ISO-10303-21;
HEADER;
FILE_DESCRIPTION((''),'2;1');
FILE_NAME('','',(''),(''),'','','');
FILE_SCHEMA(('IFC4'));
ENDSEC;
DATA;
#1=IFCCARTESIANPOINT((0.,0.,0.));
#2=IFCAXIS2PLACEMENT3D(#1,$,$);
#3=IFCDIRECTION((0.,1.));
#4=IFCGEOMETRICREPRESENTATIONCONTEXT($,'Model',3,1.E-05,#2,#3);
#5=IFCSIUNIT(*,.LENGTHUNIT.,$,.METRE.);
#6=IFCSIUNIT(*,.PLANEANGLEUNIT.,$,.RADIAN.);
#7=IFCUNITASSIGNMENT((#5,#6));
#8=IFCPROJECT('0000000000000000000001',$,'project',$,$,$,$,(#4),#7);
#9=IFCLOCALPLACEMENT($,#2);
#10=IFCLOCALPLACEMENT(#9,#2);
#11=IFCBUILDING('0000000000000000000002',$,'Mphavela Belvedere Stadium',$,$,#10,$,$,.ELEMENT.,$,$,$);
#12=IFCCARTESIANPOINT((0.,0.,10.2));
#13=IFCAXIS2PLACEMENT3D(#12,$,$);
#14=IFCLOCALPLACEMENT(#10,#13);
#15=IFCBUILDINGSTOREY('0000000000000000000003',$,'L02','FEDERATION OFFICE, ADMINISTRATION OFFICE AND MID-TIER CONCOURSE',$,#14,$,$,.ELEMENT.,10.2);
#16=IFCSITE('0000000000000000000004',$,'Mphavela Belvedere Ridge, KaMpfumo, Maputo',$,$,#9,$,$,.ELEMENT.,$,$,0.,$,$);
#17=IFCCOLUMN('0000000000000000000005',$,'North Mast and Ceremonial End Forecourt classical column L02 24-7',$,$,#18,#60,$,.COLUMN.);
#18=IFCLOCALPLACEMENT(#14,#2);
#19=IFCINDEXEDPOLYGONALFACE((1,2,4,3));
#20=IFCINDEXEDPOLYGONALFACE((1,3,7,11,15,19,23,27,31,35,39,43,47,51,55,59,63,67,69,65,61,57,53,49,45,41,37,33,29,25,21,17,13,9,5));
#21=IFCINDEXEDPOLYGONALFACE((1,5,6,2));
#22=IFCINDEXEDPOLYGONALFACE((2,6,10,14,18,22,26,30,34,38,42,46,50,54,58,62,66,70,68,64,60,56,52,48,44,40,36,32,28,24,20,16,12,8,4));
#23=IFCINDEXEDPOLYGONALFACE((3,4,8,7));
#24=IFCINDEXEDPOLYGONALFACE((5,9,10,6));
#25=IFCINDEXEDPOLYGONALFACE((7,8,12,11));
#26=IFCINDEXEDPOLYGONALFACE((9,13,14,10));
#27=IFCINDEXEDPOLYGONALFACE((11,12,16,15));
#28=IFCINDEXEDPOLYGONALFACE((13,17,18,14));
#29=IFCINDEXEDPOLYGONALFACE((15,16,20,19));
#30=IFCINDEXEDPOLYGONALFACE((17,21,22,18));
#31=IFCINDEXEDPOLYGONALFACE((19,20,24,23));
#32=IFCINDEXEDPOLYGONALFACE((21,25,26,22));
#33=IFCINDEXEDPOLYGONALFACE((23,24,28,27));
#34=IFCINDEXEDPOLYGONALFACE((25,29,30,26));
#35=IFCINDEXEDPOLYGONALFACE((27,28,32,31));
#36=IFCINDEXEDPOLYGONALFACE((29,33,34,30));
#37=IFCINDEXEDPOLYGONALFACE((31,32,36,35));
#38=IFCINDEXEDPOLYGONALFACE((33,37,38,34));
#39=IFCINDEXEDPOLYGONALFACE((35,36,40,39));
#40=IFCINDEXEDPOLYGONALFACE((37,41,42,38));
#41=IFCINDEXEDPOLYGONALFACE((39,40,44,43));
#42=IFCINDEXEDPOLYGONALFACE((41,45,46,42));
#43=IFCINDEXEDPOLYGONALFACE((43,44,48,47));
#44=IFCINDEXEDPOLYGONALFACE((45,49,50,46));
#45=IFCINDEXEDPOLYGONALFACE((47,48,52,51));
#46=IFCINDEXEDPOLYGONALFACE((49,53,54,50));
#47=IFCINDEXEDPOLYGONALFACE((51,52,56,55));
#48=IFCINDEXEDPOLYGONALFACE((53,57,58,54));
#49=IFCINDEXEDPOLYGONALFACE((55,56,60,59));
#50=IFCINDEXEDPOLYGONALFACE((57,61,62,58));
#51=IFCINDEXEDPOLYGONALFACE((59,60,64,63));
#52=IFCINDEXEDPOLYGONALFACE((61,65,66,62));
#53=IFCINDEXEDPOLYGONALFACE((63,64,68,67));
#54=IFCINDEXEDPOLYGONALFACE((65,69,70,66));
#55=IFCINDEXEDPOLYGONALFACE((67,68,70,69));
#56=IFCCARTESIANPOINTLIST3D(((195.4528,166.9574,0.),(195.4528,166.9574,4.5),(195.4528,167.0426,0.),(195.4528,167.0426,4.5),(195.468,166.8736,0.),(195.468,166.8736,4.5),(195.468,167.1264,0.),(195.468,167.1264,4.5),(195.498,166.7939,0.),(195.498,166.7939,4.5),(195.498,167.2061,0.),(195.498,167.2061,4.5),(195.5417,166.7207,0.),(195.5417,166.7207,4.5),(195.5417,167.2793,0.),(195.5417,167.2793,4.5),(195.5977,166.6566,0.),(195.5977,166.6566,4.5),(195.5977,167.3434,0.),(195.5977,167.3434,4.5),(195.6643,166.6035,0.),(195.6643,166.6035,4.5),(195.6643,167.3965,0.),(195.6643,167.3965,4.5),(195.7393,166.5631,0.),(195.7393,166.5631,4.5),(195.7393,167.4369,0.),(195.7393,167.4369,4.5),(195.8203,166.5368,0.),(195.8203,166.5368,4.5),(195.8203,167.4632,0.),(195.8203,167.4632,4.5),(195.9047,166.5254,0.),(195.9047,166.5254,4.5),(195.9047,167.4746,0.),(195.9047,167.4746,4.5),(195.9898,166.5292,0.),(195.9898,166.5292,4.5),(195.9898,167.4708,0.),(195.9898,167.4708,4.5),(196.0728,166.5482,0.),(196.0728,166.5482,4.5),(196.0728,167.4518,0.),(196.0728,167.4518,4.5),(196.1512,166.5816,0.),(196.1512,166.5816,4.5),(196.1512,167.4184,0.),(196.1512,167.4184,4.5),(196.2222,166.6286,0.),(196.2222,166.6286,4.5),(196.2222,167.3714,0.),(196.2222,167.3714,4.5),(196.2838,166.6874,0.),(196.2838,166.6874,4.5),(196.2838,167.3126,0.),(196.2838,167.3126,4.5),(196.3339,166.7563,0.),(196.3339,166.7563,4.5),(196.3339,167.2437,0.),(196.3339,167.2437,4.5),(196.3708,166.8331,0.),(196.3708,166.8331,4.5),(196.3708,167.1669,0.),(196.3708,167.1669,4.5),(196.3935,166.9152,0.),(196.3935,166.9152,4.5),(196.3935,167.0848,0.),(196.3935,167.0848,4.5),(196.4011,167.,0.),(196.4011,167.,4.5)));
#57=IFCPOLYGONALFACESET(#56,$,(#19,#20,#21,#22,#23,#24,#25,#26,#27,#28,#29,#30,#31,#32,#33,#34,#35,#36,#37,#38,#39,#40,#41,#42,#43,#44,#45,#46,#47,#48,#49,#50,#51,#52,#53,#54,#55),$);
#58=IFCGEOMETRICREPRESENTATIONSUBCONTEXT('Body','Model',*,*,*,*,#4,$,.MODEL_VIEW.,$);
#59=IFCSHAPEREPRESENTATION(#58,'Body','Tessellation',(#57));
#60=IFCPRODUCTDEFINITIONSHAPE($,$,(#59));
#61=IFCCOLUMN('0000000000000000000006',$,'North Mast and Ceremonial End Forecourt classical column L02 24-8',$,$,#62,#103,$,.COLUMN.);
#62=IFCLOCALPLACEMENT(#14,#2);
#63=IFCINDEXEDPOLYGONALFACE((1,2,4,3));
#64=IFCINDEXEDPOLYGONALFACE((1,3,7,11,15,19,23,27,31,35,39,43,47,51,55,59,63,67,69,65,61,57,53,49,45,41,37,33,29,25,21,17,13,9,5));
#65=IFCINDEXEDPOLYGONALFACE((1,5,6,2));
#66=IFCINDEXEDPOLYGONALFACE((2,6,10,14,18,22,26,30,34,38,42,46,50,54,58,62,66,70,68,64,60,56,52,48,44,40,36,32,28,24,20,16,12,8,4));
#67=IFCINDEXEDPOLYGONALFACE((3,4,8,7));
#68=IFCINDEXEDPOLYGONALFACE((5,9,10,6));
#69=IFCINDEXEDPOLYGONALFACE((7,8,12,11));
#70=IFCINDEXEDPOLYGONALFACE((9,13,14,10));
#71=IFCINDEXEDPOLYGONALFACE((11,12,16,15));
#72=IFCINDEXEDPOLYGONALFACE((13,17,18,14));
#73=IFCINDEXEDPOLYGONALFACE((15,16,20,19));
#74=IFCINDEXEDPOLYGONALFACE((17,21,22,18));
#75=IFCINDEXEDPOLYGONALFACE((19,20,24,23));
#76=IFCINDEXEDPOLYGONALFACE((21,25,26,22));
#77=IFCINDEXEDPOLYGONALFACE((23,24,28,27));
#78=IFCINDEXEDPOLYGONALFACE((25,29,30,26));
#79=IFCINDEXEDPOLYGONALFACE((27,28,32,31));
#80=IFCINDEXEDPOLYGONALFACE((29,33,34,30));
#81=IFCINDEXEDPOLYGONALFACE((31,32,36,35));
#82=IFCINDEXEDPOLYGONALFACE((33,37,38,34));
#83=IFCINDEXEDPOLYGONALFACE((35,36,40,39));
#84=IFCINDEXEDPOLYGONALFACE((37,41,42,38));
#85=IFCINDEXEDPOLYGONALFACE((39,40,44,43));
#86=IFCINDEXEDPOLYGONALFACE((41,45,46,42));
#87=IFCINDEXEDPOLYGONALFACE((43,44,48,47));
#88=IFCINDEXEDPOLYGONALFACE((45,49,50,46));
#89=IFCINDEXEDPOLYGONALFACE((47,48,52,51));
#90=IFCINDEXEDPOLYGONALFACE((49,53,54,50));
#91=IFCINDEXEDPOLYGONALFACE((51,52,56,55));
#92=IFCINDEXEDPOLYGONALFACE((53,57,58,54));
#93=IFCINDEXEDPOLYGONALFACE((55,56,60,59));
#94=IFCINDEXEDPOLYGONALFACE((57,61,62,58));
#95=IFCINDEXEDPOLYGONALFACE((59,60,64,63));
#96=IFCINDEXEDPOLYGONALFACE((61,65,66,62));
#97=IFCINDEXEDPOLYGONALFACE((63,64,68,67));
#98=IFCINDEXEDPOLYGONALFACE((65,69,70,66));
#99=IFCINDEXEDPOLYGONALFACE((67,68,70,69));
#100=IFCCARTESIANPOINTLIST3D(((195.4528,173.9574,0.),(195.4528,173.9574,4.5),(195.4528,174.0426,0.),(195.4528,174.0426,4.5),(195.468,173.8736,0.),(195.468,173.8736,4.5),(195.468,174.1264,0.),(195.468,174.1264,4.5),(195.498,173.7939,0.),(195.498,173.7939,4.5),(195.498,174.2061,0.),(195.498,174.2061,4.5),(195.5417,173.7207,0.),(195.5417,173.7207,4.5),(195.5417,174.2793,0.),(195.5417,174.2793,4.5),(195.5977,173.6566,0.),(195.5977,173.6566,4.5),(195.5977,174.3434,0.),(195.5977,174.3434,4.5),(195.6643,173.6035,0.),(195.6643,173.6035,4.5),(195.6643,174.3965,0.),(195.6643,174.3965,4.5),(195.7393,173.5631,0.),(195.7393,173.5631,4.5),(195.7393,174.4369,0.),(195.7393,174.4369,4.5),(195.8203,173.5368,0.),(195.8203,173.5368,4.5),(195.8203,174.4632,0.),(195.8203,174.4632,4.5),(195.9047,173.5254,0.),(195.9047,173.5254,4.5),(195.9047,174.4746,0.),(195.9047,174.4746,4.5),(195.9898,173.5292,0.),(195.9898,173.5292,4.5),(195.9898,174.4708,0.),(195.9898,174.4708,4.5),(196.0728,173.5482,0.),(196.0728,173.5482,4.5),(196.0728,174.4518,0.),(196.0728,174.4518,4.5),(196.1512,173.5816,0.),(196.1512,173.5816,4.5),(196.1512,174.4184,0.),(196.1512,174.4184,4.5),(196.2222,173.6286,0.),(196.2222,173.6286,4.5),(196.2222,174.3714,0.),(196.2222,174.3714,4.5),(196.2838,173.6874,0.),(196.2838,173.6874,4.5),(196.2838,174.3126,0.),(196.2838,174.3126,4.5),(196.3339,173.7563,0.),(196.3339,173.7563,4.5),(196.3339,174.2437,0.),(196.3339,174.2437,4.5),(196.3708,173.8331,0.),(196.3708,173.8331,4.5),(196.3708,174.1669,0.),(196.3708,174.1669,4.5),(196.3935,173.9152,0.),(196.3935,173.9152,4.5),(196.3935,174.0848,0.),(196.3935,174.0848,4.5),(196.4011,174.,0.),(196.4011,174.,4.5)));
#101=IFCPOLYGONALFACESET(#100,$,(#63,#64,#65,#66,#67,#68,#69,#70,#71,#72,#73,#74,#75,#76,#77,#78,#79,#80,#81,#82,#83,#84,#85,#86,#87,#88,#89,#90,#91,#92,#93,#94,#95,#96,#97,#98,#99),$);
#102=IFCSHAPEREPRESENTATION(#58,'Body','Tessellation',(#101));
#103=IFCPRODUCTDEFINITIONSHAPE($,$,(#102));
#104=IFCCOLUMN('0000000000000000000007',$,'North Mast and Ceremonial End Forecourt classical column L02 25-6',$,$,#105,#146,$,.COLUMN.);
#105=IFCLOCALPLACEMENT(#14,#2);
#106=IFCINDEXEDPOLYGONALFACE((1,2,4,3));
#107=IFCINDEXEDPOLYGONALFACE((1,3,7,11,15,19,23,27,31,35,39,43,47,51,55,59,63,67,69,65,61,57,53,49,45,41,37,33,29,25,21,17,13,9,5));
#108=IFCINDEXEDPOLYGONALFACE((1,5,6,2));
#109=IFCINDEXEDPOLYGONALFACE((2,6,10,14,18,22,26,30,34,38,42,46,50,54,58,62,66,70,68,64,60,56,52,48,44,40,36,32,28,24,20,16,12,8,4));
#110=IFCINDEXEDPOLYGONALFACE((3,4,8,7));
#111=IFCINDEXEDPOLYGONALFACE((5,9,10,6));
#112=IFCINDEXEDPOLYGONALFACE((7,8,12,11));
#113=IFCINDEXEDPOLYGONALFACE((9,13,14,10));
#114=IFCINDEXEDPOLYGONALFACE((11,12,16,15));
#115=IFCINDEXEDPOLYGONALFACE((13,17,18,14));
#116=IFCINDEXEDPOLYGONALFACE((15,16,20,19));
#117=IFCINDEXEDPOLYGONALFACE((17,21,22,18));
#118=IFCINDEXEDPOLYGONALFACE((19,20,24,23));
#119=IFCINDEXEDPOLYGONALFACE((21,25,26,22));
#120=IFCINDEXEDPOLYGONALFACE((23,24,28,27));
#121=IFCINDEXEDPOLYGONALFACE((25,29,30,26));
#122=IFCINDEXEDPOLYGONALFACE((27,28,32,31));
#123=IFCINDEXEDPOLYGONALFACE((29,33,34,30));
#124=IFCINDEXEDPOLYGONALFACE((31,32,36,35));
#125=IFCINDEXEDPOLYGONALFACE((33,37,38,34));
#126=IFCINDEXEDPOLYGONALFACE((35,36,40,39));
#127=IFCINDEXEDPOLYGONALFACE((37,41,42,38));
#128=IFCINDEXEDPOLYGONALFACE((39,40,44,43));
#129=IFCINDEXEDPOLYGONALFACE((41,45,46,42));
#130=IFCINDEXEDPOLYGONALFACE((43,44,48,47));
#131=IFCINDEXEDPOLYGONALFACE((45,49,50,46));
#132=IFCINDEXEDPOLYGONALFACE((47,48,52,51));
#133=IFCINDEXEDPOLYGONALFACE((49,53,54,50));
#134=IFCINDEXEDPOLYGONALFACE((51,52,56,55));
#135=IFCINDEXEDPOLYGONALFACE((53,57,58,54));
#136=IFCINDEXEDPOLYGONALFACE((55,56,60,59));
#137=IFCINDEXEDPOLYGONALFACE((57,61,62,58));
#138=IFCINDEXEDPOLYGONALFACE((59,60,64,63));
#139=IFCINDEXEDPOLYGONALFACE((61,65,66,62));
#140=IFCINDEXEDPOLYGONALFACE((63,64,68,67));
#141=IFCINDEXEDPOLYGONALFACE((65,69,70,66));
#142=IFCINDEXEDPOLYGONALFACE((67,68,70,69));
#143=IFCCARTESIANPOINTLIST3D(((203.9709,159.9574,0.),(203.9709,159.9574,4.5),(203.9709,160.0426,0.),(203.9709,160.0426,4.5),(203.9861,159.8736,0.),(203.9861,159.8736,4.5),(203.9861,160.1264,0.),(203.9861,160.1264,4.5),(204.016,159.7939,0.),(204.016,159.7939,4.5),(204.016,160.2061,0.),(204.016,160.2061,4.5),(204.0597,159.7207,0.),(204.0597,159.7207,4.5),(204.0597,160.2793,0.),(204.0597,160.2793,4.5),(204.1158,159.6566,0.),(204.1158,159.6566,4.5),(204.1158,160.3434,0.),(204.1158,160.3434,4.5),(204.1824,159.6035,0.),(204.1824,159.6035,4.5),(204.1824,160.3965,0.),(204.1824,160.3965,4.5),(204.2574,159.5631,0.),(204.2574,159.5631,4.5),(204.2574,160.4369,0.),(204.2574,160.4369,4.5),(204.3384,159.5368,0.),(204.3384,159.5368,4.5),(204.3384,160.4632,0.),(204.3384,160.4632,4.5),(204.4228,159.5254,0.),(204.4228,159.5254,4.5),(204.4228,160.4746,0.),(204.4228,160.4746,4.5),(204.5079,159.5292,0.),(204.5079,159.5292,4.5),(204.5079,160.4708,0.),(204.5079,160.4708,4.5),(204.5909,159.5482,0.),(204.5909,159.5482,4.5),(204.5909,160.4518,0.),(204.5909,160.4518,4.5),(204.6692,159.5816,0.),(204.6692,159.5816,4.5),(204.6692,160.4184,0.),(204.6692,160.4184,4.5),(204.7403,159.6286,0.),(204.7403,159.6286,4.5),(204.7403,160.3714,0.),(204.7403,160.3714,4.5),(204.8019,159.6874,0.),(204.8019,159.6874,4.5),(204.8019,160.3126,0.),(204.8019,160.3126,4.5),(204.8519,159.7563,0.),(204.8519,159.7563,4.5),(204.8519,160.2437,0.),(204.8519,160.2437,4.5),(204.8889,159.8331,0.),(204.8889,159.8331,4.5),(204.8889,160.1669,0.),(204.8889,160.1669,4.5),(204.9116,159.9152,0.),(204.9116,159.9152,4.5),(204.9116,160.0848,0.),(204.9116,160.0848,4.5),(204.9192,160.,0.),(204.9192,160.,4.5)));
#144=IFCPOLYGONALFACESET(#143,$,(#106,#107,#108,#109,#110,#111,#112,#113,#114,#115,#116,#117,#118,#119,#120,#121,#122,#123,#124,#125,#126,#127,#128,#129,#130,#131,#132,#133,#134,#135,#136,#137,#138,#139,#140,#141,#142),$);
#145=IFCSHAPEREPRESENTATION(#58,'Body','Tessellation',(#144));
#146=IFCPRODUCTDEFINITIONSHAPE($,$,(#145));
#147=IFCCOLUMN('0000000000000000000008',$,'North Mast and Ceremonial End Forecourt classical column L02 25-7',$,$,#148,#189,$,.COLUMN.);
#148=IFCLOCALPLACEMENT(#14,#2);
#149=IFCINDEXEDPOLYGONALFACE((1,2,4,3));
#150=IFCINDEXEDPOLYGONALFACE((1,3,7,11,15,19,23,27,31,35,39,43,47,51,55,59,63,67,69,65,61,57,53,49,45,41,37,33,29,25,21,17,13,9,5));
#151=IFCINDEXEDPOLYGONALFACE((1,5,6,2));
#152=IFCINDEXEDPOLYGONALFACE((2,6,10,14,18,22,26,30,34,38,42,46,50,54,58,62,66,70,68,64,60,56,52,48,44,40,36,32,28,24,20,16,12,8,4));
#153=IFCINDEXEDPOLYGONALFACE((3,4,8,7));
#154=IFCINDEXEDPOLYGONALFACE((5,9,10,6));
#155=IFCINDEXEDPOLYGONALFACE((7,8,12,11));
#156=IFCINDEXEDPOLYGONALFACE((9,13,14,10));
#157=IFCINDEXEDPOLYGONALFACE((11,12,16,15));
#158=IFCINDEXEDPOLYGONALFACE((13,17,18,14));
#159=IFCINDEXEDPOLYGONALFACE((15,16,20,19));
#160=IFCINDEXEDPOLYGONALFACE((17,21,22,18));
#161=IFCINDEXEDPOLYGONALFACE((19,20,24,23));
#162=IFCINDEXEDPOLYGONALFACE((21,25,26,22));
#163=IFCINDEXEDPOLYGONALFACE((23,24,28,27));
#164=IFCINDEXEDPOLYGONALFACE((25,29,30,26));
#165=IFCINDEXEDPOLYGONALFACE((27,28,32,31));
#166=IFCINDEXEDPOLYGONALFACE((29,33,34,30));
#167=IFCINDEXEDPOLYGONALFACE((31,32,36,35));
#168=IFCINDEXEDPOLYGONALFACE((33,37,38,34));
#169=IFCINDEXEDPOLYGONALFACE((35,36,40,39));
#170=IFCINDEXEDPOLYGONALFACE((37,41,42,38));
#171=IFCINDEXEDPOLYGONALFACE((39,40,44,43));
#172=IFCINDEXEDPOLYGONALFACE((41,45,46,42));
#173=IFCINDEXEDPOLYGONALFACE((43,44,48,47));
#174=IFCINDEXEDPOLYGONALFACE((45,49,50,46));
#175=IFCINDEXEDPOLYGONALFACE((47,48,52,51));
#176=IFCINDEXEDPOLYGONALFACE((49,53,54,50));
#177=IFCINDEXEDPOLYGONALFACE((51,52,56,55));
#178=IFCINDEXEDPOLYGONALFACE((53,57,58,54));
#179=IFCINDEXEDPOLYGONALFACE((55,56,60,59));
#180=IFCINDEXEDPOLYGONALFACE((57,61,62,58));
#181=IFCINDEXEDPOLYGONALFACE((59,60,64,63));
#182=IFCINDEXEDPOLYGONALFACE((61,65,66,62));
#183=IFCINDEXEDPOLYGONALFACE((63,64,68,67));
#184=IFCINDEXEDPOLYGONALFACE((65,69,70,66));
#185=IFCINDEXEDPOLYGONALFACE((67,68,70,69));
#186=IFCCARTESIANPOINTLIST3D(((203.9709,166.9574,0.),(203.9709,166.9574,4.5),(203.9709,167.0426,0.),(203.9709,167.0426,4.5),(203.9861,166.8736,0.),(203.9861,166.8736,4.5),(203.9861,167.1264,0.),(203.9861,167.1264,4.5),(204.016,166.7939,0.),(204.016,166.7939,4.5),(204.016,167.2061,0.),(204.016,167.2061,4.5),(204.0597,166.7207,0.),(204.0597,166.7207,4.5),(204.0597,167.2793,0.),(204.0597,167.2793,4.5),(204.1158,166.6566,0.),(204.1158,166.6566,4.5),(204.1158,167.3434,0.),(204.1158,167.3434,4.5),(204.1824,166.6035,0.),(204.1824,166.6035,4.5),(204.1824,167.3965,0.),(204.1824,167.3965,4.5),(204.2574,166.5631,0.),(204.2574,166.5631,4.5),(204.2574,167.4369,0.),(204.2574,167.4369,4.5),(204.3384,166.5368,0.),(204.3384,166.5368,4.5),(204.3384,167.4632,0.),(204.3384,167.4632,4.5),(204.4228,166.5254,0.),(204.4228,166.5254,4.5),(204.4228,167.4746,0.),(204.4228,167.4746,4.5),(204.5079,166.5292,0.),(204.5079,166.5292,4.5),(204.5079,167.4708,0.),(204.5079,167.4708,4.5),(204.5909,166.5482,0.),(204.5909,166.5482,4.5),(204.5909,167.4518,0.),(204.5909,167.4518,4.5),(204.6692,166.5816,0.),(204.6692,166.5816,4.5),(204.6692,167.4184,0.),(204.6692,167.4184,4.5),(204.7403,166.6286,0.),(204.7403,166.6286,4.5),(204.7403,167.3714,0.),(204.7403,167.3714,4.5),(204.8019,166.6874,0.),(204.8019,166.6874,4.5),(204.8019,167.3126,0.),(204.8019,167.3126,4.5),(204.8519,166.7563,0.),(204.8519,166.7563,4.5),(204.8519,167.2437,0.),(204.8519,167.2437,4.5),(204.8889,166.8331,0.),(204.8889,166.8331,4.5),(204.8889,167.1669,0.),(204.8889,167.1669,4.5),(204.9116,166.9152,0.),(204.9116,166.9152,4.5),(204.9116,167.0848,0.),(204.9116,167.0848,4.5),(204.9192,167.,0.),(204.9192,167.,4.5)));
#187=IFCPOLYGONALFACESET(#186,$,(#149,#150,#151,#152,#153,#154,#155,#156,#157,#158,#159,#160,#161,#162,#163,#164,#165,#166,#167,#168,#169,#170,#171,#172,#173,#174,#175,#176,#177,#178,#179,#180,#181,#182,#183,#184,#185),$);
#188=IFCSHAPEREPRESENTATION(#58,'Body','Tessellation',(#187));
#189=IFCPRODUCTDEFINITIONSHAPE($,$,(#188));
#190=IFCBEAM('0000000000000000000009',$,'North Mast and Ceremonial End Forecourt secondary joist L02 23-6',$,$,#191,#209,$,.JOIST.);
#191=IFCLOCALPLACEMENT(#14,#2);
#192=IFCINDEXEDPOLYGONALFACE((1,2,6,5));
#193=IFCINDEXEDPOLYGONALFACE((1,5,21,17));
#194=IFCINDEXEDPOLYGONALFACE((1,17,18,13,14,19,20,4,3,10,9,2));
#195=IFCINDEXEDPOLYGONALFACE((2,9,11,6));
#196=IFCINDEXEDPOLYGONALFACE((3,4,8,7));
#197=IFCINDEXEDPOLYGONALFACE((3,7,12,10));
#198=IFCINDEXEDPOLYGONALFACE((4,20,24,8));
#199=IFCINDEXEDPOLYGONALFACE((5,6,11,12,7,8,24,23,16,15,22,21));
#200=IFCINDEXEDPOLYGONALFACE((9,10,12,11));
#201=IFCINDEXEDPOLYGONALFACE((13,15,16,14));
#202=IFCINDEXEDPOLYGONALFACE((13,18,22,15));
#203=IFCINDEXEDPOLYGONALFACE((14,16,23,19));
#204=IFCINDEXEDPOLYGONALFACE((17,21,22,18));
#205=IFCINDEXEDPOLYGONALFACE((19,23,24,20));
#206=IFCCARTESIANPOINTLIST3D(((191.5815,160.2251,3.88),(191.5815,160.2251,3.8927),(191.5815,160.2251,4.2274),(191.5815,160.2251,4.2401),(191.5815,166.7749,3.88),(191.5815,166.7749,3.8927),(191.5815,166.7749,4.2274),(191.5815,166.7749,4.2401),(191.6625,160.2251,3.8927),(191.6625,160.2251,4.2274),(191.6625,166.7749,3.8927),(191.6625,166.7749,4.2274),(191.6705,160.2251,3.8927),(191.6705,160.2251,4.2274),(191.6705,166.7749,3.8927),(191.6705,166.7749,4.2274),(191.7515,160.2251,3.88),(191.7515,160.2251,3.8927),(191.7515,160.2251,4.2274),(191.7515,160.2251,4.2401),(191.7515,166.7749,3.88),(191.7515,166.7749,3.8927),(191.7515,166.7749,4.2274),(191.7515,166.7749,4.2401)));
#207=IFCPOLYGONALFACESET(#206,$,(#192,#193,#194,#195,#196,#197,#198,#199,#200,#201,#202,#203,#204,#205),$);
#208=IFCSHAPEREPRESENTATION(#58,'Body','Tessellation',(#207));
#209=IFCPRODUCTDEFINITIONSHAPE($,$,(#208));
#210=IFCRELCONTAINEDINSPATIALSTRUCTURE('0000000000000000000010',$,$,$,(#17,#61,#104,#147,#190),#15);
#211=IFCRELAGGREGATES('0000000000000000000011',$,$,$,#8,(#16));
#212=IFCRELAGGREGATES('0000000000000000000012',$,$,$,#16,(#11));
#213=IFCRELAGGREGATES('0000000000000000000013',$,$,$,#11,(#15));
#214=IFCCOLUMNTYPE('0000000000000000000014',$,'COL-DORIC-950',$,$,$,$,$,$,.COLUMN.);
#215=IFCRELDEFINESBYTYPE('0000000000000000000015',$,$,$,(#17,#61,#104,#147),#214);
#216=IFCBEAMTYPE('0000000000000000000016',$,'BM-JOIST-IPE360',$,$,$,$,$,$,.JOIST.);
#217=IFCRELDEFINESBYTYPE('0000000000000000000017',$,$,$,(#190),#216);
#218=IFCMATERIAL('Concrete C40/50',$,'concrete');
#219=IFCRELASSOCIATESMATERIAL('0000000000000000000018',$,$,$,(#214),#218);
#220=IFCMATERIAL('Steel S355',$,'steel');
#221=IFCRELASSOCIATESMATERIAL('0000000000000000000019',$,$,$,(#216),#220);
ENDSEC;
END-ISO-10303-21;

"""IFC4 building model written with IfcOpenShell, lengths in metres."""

from ifc_helpers import new_model, si_unit, direction, frame, origin, origin_2d, place, context, subcontext, project, spatial, circle, i_section, extrude, material, material_profile, profile_set, type_object, element, save


model = new_model("IFC4")

# Units and contexts
model_context = context("Model", 3, precision=1e-05, world=origin(), true_north=direction((0.0, 1.0)))
body_context = subcontext(model_context, "Body", "Model", "MODEL_VIEW")
ifc_project = project(units=[si_unit("LENGTHUNIT", "METRE"), si_unit("PLANEANGLEUNIT", "RADIAN")], contexts=[model_context])

# Site, building, storey
site_placement = place(None, origin())
site = spatial("IfcSite", under=ifc_project, at=site_placement, Name="Mphavela Belvedere Ridge, KaMpfumo, Maputo", CompositionType="ELEMENT", RefElevation=0.0)
building_placement = place(site_placement, origin())
building = spatial("IfcBuilding", under=site, at=building_placement, Name="Mphavela Belvedere Stadium", CompositionType="ELEMENT")
storey_placement = place(building_placement, frame((0.0, 0.0, 10.2)))
storey = spatial("IfcBuildingStorey", under=building, at=storey_placement, Name="L02", Description="FEDERATION OFFICE, ADMINISTRATION OFFICE AND MID-TIER CONCOURSE", CompositionType="ELEMENT", Elevation=10.2)

# Columns
ifc_material_1 = material(Name="Concrete C40/50", Category="concrete")
ifc_material_profile_1 = material_profile(ifc_material_1, circle(Radius=0.4751, at=origin_2d()), Name="COL D950")
ifc_profile_set_1 = profile_set([ifc_material_profile_1], Name="Concrete C40/50")
column_type = type_object("IfcColumnType", Name="COL-DORIC-950", PredefinedType="COLUMN", material=ifc_profile_set_1)
for number, where, z_axis, x_axis, name in (
    (1, (195.926, 167.0, 0.0), (0.0, 0.0, 1.0), (1.0, 0.0, 0.0), "North Mast and Ceremonial End Forecourt classical column L02 24-7"),
    (2, (195.926, 174.0, 0.0), (0.0, 0.0, 1.0), (1.0, 0.0, 0.0), "North Mast and Ceremonial End Forecourt classical column L02 24-8"),
    (3, (204.4441, 160.0, 0.0), (0.0, 0.0, 1.0), (1.0, 0.0, 0.0), "North Mast and Ceremonial End Forecourt classical column L02 25-6"),
    (4, (204.4441, 167.0, 0.0), (0.0, 0.0, 1.0), (1.0, 0.0, 0.0), "North Mast and Ceremonial End Forecourt classical column L02 25-7"),
):
    element("IfcColumn", number, at=place(storey_placement, frame(where, z_axis=z_axis, x_axis=x_axis)), inside=storey, type_object=column_type, Name=name, PredefinedType="COLUMN", context=body_context, shape_type="SweptSolid", body=[
        extrude(circle(Radius=0.4751, at=origin_2d()), origin(), (0.0, 0.0, 1.0), 4.5),
    ])

# Beam
ifc_material_2 = material(Name="Steel S355", Category="steel")
ifc_material_profile_2 = material_profile(ifc_material_2, i_section(OverallWidth=0.1699, OverallDepth=0.3601, WebThickness=0.0081, FlangeThickness=0.0127, at=origin_2d()), Name="IPE 360")
ifc_profile_set_2 = profile_set([ifc_material_profile_2], Name="Steel S355")
beam_type_1 = type_object("IfcBeamType", Name="BM-JOIST-IPE360", PredefinedType="JOIST", material=ifc_profile_set_2)
for number, where, z_axis, x_axis, name in (
    (5, (191.6665, 160.2251, 4.0601), (0.0, 1.0, 0.0), (-1.0, 0.0, 0.0), "North Mast and Ceremonial End Forecourt secondary joist L02 23-6"),
):
    element("IfcBeam", number, at=place(storey_placement, frame(where, z_axis=z_axis, x_axis=x_axis)), inside=storey, type_object=beam_type_1, Name=name, PredefinedType="JOIST", context=body_context, shape_type="SweptSolid", body=[
        extrude(i_section(OverallWidth=0.1699, OverallDepth=0.3601, WebThickness=0.0081, FlangeThickness=0.0127, at=origin_2d()), origin(), (0.0, 0.0, 1.0), 6.5498),
    ])

save(model, "model.ifc")
